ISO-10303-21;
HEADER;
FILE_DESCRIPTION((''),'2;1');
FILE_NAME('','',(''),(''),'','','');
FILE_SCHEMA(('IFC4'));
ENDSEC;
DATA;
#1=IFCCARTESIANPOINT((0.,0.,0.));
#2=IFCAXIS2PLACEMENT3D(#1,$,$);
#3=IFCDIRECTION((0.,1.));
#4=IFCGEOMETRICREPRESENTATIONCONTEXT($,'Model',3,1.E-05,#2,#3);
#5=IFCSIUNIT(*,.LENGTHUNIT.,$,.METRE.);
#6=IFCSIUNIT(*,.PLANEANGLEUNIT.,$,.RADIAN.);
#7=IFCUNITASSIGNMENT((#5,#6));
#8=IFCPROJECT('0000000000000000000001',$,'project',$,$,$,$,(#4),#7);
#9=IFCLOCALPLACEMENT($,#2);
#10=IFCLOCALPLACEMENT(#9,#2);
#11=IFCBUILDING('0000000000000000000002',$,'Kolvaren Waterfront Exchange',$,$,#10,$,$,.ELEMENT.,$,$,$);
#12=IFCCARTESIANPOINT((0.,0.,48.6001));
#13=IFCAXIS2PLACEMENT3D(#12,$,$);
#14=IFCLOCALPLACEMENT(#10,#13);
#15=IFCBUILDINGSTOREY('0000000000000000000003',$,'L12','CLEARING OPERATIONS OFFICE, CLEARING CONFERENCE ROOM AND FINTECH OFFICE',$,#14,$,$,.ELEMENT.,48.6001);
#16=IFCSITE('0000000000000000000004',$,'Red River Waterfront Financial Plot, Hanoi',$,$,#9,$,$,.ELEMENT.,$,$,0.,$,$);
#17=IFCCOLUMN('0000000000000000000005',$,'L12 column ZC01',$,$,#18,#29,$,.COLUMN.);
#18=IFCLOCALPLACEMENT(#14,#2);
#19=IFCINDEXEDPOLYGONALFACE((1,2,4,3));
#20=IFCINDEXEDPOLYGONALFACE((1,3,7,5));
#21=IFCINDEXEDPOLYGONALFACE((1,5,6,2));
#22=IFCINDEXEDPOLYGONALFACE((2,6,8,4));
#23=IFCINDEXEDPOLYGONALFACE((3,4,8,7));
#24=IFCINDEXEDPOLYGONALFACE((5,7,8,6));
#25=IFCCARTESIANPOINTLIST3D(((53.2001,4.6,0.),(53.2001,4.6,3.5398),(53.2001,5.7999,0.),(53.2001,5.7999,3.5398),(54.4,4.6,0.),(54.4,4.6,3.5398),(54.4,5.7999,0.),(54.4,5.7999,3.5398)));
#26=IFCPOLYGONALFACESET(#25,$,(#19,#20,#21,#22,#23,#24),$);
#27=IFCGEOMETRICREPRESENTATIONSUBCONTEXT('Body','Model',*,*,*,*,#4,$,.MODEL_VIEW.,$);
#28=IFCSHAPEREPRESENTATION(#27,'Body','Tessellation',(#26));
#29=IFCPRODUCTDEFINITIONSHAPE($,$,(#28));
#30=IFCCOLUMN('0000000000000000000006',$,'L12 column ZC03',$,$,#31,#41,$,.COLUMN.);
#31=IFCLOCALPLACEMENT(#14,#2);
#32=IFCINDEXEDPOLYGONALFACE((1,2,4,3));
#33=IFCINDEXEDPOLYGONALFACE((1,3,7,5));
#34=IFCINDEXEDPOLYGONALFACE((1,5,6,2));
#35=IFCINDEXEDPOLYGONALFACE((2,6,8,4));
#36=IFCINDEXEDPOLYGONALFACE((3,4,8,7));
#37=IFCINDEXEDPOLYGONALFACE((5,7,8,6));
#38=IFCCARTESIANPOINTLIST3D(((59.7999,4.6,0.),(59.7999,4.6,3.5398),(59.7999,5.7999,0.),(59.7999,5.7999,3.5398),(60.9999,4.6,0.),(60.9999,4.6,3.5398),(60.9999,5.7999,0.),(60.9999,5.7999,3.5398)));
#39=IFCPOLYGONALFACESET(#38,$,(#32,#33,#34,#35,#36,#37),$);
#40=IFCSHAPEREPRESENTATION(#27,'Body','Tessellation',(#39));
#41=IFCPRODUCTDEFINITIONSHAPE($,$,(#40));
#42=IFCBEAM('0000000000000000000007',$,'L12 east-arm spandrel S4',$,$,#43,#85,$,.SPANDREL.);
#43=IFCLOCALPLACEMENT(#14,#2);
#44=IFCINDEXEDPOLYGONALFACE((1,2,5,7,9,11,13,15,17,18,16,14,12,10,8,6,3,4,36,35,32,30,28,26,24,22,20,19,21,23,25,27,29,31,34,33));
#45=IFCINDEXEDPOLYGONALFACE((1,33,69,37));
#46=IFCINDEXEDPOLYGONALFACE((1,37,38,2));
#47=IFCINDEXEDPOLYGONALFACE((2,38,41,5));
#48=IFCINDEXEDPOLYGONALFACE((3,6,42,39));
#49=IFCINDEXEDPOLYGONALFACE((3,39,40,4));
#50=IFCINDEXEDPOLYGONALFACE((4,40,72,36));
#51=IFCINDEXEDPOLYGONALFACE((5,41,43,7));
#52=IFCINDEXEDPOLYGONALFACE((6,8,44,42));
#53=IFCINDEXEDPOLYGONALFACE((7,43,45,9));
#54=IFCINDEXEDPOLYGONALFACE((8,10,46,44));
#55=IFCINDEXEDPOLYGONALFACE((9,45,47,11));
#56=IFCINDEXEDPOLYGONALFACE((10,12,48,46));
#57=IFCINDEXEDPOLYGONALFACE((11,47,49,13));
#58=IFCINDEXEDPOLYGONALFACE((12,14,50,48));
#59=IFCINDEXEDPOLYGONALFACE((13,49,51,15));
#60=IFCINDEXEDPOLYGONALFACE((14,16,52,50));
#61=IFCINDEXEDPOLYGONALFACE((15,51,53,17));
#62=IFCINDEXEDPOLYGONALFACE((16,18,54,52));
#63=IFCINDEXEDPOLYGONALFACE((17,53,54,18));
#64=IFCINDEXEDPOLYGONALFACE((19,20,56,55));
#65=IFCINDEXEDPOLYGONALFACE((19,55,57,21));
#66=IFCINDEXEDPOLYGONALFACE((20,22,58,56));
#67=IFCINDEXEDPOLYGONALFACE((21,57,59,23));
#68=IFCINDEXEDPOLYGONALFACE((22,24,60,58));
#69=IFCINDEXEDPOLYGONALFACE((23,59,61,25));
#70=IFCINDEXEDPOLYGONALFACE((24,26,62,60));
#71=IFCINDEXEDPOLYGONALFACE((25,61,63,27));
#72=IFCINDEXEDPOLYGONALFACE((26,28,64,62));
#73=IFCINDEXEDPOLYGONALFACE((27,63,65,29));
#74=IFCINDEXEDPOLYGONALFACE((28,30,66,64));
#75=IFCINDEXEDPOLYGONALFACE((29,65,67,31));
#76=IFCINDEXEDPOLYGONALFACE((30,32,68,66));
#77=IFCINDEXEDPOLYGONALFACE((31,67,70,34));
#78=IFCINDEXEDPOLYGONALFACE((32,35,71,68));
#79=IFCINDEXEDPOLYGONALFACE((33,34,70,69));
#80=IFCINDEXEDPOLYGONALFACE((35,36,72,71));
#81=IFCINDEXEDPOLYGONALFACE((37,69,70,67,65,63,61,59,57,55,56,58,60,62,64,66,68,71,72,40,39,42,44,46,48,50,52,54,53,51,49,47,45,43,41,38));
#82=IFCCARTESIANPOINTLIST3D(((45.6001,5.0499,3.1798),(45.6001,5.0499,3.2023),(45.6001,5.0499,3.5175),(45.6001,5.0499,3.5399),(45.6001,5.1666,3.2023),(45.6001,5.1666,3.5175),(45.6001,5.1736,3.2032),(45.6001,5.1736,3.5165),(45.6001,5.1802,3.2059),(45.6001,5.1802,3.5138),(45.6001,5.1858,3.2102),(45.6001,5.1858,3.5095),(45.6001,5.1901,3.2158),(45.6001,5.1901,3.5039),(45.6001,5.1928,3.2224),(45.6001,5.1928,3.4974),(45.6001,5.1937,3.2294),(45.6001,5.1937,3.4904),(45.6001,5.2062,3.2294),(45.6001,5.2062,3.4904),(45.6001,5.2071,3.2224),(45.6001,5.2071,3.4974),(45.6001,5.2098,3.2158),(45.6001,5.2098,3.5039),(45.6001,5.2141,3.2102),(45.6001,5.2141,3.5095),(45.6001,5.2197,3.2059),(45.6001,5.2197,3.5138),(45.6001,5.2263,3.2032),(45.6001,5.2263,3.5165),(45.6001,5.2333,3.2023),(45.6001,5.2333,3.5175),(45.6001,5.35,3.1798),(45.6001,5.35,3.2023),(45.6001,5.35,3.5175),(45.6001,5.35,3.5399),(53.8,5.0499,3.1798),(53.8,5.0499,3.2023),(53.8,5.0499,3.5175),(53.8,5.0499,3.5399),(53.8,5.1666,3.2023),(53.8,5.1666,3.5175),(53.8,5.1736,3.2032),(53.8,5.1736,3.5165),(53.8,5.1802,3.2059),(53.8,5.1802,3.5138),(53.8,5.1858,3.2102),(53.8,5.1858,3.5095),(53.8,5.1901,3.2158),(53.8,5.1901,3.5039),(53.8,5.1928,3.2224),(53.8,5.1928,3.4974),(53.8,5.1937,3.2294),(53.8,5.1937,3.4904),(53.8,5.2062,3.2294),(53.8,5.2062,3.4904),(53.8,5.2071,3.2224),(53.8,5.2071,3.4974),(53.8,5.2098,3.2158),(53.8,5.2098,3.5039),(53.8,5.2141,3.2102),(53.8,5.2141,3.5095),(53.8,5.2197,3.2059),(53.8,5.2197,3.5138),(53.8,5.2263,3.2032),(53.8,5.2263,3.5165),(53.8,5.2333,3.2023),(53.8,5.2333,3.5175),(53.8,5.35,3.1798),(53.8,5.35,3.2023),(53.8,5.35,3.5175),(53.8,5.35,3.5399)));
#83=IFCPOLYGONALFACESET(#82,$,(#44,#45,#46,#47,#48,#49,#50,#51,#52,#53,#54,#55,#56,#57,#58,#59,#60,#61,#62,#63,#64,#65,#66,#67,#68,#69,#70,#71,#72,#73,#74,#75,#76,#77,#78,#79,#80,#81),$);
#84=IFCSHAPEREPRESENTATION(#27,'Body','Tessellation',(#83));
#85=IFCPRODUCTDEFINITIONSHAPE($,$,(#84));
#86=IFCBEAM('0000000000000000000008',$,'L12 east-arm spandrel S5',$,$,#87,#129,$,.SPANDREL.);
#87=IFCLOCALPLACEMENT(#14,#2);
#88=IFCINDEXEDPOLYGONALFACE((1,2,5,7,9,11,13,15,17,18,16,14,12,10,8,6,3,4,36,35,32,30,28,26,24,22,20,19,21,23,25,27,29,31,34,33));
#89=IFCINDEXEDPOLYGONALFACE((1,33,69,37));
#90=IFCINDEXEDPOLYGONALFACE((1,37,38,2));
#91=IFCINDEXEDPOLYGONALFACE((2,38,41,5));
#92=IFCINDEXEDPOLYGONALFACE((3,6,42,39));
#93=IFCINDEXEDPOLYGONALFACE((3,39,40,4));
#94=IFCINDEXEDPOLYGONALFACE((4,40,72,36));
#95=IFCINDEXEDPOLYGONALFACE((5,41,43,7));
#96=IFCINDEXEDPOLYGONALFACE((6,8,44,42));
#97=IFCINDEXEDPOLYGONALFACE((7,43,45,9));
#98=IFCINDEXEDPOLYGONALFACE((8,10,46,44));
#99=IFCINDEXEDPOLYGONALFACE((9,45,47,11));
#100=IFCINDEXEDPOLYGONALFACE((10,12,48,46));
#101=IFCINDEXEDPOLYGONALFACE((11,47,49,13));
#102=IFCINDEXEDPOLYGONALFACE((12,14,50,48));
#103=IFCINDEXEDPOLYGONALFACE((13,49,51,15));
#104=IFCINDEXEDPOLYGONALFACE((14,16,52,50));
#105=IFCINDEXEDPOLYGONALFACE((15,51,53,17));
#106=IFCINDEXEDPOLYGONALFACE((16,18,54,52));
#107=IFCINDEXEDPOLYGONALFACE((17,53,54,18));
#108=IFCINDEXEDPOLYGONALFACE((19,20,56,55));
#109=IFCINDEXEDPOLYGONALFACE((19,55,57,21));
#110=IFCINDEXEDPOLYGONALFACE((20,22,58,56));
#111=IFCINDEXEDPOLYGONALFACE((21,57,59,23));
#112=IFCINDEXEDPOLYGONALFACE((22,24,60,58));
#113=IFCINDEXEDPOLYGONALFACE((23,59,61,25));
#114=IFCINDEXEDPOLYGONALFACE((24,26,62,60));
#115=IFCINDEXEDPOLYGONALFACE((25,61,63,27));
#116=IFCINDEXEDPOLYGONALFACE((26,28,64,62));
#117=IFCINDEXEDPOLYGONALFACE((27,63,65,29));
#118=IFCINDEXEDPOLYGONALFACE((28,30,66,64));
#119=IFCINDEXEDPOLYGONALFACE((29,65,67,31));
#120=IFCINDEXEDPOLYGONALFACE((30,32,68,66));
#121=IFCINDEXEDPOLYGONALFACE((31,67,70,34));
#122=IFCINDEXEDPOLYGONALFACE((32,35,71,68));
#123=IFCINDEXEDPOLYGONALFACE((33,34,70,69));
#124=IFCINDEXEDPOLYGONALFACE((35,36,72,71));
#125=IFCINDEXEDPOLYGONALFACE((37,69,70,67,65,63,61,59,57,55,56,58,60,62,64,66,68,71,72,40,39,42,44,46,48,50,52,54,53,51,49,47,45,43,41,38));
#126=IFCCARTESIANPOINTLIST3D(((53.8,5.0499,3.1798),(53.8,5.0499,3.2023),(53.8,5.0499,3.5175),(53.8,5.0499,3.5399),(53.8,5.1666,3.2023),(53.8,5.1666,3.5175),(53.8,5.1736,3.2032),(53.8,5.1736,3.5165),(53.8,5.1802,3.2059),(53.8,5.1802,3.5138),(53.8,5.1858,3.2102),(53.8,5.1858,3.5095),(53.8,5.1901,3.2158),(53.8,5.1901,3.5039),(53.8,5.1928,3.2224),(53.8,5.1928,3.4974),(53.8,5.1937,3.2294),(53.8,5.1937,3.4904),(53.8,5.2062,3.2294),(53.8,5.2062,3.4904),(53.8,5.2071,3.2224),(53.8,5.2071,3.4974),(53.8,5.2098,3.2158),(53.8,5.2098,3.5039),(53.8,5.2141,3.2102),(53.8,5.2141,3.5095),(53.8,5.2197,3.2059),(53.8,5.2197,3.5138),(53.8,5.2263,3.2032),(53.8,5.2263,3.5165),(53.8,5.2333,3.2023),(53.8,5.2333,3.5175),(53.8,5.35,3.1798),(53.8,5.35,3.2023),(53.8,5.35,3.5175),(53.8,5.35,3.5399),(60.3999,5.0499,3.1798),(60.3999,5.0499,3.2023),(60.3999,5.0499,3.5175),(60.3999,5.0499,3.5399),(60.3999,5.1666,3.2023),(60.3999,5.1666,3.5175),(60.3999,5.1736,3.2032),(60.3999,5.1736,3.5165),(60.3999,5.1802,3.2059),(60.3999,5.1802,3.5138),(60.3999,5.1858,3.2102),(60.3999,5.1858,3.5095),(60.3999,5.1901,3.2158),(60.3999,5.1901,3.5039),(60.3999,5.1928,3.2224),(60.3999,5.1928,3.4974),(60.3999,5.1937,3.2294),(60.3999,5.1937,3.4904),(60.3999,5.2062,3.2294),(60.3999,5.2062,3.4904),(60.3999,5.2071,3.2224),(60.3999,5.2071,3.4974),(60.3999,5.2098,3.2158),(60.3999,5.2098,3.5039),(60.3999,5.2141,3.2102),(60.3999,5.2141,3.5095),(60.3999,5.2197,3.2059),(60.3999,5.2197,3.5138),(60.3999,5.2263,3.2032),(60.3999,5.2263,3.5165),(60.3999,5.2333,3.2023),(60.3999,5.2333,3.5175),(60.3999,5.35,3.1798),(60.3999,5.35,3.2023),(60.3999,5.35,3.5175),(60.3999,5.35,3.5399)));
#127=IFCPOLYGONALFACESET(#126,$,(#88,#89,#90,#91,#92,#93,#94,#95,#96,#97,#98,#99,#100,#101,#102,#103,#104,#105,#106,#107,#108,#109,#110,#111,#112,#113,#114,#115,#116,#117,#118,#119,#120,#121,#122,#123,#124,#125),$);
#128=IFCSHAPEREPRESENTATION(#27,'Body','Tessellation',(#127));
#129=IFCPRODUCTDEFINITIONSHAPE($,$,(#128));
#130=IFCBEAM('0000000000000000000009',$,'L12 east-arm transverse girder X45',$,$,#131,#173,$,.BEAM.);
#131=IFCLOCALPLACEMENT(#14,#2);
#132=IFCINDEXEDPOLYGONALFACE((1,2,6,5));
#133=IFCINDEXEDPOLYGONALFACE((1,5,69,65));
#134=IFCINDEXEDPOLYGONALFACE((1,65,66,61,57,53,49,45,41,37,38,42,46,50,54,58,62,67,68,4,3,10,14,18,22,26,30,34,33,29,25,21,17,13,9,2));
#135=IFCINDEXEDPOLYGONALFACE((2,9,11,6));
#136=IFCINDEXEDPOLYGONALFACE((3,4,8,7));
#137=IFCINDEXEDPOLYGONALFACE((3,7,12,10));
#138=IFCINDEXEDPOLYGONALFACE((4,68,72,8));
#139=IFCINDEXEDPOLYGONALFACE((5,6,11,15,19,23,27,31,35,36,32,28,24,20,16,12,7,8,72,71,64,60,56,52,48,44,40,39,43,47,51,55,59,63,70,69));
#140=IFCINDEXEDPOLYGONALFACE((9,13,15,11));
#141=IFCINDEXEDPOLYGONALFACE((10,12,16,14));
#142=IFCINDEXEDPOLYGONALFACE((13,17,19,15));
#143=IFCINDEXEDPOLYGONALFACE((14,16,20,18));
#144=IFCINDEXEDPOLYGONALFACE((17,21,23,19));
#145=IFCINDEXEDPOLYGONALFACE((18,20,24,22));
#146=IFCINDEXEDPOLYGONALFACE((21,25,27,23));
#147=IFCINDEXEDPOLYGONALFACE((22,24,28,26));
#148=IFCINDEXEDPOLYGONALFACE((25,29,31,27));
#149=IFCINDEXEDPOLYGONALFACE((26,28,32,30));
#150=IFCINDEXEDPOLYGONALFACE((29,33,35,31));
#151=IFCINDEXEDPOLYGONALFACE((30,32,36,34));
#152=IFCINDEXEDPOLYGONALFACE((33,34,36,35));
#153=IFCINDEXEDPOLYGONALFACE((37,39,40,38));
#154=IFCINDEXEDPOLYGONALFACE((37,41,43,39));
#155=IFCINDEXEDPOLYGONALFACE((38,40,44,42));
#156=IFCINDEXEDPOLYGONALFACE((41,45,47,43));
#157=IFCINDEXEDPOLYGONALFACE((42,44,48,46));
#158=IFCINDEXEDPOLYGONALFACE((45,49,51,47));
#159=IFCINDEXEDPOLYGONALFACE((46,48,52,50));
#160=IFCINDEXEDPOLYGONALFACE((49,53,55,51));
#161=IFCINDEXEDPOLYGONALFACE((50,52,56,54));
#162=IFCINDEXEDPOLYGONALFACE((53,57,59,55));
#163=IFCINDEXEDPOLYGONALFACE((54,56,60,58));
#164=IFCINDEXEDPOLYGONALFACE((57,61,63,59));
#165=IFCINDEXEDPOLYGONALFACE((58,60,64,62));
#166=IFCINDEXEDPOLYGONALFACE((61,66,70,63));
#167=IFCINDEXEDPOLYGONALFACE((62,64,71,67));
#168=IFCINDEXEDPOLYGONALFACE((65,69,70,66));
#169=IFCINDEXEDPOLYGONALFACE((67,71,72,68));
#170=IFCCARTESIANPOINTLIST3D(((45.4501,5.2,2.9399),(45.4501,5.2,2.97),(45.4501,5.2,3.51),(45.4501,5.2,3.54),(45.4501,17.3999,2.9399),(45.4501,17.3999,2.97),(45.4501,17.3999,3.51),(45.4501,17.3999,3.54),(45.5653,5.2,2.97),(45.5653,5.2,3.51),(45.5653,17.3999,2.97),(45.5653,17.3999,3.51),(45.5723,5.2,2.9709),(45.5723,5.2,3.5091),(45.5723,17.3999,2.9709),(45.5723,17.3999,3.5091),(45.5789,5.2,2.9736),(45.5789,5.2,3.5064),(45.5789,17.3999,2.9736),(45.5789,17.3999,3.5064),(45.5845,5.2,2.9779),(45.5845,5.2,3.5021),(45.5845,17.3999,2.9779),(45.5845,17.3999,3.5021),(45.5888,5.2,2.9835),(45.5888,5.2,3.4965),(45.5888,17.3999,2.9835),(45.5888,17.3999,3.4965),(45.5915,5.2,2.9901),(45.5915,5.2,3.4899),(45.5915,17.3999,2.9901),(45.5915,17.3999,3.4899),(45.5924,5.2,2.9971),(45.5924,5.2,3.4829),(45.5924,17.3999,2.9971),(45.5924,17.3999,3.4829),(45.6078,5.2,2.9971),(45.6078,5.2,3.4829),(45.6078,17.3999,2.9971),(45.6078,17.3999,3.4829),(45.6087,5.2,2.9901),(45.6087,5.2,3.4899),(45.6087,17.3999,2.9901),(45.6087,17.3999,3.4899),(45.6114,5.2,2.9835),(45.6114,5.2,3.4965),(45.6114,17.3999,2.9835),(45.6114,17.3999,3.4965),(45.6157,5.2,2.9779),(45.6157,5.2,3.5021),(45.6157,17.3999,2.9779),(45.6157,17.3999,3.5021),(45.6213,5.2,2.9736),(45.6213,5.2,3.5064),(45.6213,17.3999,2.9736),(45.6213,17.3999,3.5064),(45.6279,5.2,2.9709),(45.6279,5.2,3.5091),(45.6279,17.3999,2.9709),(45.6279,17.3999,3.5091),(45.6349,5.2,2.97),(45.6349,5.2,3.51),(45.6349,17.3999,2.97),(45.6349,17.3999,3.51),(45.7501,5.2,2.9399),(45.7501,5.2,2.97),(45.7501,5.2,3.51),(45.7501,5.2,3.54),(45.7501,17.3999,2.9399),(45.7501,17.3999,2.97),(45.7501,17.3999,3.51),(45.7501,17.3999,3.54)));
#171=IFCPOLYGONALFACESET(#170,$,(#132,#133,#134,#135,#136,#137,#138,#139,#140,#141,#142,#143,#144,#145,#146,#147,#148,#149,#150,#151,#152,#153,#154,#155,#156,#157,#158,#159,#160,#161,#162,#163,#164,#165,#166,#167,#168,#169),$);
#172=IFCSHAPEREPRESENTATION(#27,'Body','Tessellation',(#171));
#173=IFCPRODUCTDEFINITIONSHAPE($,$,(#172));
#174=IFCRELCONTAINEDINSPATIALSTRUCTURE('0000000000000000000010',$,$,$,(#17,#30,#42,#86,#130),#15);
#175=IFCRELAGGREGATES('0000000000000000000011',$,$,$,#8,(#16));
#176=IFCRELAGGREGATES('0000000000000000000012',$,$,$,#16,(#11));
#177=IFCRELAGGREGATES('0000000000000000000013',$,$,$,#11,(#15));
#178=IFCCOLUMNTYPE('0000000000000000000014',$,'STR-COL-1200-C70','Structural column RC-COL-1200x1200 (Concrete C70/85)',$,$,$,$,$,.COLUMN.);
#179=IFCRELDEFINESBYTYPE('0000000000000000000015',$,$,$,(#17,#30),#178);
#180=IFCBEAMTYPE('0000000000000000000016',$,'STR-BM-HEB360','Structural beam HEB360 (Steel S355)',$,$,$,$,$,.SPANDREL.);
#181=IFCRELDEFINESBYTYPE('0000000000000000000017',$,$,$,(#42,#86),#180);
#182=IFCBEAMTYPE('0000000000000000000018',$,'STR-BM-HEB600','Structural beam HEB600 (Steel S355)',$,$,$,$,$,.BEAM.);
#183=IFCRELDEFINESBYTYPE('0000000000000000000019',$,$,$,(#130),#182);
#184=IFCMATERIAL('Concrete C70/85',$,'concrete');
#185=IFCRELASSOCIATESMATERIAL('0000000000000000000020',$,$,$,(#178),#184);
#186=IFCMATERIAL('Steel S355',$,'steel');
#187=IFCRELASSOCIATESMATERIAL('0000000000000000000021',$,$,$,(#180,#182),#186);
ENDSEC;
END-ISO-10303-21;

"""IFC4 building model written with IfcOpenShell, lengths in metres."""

from ifc_helpers import new_model, si_unit, direction, frame, origin, origin_2d, place, context, subcontext, project, spatial, rectangle, i_section, extrude, material, material_profile, profile_set, type_object, element, save


model = new_model("IFC4")

# Units and contexts
model_context = context("Model", 3, precision=1e-05, world=origin(), true_north=direction((0.0, 1.0)))
body_context = subcontext(model_context, "Body", "Model", "MODEL_VIEW")
ifc_project = project(units=[si_unit("LENGTHUNIT", "METRE"), si_unit("PLANEANGLEUNIT", "RADIAN")], contexts=[model_context])

# Site, building, storey
site_placement = place(None, origin())
site = spatial("IfcSite", under=ifc_project, at=site_placement, Name="Red River Waterfront Financial Plot, Hanoi", CompositionType="ELEMENT", RefElevation=0.0)
building_placement = place(site_placement, origin())
building = spatial("IfcBuilding", under=site, at=building_placement, Name="Kolvaren Waterfront Exchange", CompositionType="ELEMENT")
storey_placement = place(building_placement, frame((0.0, 0.0, 48.6001)))
storey = spatial("IfcBuildingStorey", under=building, at=storey_placement, Name="L12", Description="CLEARING OPERATIONS OFFICE, CLEARING CONFERENCE ROOM AND FINTECH OFFICE", CompositionType="ELEMENT", Elevation=48.6001)

# Columns
ifc_material_1 = material(Name="Concrete C70/85", Category="concrete")
ifc_material_profile_1 = material_profile(ifc_material_1, rectangle(XDim=1.2, YDim=1.2, at=origin_2d()), Name="RC-COL-1200x1200")
ifc_profile_set_1 = profile_set([ifc_material_profile_1], Name="Concrete C70/85")
column_type = type_object("IfcColumnType", Name="STR-COL-1200-C70", Description="Structural column RC-COL-1200x1200 (Concrete C70/85)", PredefinedType="COLUMN", material=ifc_profile_set_1)
for number, where, z_axis, x_axis, name in (
    (1, (53.8, 5.2, 0.0), (0.0, 0.0, 1.0), (1.0, 0.0, 0.0), "L12 column ZC01"),
    (2, (60.3999, 5.2, 0.0), (0.0, 0.0, 1.0), (1.0, 0.0, 0.0), "L12 column ZC03"),
):
    element("IfcColumn", number, at=place(storey_placement, frame(where, z_axis=z_axis, x_axis=x_axis)), inside=storey, type_object=column_type, Name=name, PredefinedType="COLUMN", context=body_context, shape_type="SweptSolid", body=[
        extrude(rectangle(XDim=1.2, YDim=1.2, at=origin_2d()), origin(), (0.0, 0.0, 1.0), 3.5398),
    ])

# Beams
ifc_material_2 = material(Name="Steel S355", Category="steel")
ifc_material_profile_2 = material_profile(ifc_material_2, i_section(OverallWidth=0.3, OverallDepth=0.3601, WebThickness=0.0125, FlangeThickness=0.0225, FilletRadius=0.0271, at=origin_2d()), Name="HEB360")
ifc_profile_set_2 = profile_set([ifc_material_profile_2], Name="Steel S355")
beam_type_1 = type_object("IfcBeamType", Name="STR-BM-HEB360", Description="Structural beam HEB360 (Steel S355)", PredefinedType="SPANDREL", material=ifc_profile_set_2)
beam_1_placement = place(storey_placement, frame((45.6001, 5.2, 3.3599), z_axis=(1.0, 0.0, 0.0), x_axis=(0.0, 1.0, 0.0)))
element("IfcBeam", 3, at=beam_1_placement, inside=storey, type_object=beam_type_1, Name="L12 east-arm spandrel S4", PredefinedType="SPANDREL", context=body_context, shape_type="SweptSolid", body=[
    extrude(i_section(OverallWidth=0.3, OverallDepth=0.3601, WebThickness=0.0125, FlangeThickness=0.0225, FilletRadius=0.0271, at=origin_2d()), origin(), (0.0, 0.0, 1.0), 8.2),
])
beam_2_placement = place(storey_placement, frame((53.8, 5.2, 3.3599), z_axis=(1.0, 0.0, 0.0), x_axis=(0.0, 1.0, 0.0)))
element("IfcBeam", 4, at=beam_2_placement, inside=storey, type_object=beam_type_1, Name="L12 east-arm spandrel S5", PredefinedType="SPANDREL", context=body_context, shape_type="SweptSolid", body=[
    extrude(i_section(OverallWidth=0.3, OverallDepth=0.3601, WebThickness=0.0125, FlangeThickness=0.0225, FilletRadius=0.0271, at=origin_2d()), origin(), (0.0, 0.0, 1.0), 6.5999),
])
ifc_material_profile_3 = material_profile(ifc_material_2, i_section(OverallWidth=0.3, OverallDepth=0.6001, WebThickness=0.0154, FlangeThickness=0.03, FilletRadius=0.0271, at=origin_2d()), Name="HEB600")
ifc_profile_set_3 = profile_set([ifc_material_profile_3], Name="Steel S355")
beam_type_2 = type_object("IfcBeamType", Name="STR-BM-HEB600", Description="Structural beam HEB600 (Steel S355)", PredefinedType="BEAM", material=ifc_profile_set_3)
for number, where, z_axis, x_axis, name in (
    (5, (45.6001, 5.2, 3.24), (0.0, 1.0, 0.0), (-1.0, 0.0, 0.0), "L12 east-arm transverse girder X45"),
):
    element("IfcBeam", number, at=place(storey_placement, frame(where, z_axis=z_axis, x_axis=x_axis)), inside=storey, type_object=beam_type_2, Name=name, PredefinedType="BEAM", context=body_context, shape_type="SweptSolid", body=[
        extrude(i_section(OverallWidth=0.3, OverallDepth=0.6001, WebThickness=0.0154, FlangeThickness=0.03, FilletRadius=0.0271, at=origin_2d()), origin(), (0.0, 0.0, 1.0), 12.2),
    ])

save(model, "model.ifc")
